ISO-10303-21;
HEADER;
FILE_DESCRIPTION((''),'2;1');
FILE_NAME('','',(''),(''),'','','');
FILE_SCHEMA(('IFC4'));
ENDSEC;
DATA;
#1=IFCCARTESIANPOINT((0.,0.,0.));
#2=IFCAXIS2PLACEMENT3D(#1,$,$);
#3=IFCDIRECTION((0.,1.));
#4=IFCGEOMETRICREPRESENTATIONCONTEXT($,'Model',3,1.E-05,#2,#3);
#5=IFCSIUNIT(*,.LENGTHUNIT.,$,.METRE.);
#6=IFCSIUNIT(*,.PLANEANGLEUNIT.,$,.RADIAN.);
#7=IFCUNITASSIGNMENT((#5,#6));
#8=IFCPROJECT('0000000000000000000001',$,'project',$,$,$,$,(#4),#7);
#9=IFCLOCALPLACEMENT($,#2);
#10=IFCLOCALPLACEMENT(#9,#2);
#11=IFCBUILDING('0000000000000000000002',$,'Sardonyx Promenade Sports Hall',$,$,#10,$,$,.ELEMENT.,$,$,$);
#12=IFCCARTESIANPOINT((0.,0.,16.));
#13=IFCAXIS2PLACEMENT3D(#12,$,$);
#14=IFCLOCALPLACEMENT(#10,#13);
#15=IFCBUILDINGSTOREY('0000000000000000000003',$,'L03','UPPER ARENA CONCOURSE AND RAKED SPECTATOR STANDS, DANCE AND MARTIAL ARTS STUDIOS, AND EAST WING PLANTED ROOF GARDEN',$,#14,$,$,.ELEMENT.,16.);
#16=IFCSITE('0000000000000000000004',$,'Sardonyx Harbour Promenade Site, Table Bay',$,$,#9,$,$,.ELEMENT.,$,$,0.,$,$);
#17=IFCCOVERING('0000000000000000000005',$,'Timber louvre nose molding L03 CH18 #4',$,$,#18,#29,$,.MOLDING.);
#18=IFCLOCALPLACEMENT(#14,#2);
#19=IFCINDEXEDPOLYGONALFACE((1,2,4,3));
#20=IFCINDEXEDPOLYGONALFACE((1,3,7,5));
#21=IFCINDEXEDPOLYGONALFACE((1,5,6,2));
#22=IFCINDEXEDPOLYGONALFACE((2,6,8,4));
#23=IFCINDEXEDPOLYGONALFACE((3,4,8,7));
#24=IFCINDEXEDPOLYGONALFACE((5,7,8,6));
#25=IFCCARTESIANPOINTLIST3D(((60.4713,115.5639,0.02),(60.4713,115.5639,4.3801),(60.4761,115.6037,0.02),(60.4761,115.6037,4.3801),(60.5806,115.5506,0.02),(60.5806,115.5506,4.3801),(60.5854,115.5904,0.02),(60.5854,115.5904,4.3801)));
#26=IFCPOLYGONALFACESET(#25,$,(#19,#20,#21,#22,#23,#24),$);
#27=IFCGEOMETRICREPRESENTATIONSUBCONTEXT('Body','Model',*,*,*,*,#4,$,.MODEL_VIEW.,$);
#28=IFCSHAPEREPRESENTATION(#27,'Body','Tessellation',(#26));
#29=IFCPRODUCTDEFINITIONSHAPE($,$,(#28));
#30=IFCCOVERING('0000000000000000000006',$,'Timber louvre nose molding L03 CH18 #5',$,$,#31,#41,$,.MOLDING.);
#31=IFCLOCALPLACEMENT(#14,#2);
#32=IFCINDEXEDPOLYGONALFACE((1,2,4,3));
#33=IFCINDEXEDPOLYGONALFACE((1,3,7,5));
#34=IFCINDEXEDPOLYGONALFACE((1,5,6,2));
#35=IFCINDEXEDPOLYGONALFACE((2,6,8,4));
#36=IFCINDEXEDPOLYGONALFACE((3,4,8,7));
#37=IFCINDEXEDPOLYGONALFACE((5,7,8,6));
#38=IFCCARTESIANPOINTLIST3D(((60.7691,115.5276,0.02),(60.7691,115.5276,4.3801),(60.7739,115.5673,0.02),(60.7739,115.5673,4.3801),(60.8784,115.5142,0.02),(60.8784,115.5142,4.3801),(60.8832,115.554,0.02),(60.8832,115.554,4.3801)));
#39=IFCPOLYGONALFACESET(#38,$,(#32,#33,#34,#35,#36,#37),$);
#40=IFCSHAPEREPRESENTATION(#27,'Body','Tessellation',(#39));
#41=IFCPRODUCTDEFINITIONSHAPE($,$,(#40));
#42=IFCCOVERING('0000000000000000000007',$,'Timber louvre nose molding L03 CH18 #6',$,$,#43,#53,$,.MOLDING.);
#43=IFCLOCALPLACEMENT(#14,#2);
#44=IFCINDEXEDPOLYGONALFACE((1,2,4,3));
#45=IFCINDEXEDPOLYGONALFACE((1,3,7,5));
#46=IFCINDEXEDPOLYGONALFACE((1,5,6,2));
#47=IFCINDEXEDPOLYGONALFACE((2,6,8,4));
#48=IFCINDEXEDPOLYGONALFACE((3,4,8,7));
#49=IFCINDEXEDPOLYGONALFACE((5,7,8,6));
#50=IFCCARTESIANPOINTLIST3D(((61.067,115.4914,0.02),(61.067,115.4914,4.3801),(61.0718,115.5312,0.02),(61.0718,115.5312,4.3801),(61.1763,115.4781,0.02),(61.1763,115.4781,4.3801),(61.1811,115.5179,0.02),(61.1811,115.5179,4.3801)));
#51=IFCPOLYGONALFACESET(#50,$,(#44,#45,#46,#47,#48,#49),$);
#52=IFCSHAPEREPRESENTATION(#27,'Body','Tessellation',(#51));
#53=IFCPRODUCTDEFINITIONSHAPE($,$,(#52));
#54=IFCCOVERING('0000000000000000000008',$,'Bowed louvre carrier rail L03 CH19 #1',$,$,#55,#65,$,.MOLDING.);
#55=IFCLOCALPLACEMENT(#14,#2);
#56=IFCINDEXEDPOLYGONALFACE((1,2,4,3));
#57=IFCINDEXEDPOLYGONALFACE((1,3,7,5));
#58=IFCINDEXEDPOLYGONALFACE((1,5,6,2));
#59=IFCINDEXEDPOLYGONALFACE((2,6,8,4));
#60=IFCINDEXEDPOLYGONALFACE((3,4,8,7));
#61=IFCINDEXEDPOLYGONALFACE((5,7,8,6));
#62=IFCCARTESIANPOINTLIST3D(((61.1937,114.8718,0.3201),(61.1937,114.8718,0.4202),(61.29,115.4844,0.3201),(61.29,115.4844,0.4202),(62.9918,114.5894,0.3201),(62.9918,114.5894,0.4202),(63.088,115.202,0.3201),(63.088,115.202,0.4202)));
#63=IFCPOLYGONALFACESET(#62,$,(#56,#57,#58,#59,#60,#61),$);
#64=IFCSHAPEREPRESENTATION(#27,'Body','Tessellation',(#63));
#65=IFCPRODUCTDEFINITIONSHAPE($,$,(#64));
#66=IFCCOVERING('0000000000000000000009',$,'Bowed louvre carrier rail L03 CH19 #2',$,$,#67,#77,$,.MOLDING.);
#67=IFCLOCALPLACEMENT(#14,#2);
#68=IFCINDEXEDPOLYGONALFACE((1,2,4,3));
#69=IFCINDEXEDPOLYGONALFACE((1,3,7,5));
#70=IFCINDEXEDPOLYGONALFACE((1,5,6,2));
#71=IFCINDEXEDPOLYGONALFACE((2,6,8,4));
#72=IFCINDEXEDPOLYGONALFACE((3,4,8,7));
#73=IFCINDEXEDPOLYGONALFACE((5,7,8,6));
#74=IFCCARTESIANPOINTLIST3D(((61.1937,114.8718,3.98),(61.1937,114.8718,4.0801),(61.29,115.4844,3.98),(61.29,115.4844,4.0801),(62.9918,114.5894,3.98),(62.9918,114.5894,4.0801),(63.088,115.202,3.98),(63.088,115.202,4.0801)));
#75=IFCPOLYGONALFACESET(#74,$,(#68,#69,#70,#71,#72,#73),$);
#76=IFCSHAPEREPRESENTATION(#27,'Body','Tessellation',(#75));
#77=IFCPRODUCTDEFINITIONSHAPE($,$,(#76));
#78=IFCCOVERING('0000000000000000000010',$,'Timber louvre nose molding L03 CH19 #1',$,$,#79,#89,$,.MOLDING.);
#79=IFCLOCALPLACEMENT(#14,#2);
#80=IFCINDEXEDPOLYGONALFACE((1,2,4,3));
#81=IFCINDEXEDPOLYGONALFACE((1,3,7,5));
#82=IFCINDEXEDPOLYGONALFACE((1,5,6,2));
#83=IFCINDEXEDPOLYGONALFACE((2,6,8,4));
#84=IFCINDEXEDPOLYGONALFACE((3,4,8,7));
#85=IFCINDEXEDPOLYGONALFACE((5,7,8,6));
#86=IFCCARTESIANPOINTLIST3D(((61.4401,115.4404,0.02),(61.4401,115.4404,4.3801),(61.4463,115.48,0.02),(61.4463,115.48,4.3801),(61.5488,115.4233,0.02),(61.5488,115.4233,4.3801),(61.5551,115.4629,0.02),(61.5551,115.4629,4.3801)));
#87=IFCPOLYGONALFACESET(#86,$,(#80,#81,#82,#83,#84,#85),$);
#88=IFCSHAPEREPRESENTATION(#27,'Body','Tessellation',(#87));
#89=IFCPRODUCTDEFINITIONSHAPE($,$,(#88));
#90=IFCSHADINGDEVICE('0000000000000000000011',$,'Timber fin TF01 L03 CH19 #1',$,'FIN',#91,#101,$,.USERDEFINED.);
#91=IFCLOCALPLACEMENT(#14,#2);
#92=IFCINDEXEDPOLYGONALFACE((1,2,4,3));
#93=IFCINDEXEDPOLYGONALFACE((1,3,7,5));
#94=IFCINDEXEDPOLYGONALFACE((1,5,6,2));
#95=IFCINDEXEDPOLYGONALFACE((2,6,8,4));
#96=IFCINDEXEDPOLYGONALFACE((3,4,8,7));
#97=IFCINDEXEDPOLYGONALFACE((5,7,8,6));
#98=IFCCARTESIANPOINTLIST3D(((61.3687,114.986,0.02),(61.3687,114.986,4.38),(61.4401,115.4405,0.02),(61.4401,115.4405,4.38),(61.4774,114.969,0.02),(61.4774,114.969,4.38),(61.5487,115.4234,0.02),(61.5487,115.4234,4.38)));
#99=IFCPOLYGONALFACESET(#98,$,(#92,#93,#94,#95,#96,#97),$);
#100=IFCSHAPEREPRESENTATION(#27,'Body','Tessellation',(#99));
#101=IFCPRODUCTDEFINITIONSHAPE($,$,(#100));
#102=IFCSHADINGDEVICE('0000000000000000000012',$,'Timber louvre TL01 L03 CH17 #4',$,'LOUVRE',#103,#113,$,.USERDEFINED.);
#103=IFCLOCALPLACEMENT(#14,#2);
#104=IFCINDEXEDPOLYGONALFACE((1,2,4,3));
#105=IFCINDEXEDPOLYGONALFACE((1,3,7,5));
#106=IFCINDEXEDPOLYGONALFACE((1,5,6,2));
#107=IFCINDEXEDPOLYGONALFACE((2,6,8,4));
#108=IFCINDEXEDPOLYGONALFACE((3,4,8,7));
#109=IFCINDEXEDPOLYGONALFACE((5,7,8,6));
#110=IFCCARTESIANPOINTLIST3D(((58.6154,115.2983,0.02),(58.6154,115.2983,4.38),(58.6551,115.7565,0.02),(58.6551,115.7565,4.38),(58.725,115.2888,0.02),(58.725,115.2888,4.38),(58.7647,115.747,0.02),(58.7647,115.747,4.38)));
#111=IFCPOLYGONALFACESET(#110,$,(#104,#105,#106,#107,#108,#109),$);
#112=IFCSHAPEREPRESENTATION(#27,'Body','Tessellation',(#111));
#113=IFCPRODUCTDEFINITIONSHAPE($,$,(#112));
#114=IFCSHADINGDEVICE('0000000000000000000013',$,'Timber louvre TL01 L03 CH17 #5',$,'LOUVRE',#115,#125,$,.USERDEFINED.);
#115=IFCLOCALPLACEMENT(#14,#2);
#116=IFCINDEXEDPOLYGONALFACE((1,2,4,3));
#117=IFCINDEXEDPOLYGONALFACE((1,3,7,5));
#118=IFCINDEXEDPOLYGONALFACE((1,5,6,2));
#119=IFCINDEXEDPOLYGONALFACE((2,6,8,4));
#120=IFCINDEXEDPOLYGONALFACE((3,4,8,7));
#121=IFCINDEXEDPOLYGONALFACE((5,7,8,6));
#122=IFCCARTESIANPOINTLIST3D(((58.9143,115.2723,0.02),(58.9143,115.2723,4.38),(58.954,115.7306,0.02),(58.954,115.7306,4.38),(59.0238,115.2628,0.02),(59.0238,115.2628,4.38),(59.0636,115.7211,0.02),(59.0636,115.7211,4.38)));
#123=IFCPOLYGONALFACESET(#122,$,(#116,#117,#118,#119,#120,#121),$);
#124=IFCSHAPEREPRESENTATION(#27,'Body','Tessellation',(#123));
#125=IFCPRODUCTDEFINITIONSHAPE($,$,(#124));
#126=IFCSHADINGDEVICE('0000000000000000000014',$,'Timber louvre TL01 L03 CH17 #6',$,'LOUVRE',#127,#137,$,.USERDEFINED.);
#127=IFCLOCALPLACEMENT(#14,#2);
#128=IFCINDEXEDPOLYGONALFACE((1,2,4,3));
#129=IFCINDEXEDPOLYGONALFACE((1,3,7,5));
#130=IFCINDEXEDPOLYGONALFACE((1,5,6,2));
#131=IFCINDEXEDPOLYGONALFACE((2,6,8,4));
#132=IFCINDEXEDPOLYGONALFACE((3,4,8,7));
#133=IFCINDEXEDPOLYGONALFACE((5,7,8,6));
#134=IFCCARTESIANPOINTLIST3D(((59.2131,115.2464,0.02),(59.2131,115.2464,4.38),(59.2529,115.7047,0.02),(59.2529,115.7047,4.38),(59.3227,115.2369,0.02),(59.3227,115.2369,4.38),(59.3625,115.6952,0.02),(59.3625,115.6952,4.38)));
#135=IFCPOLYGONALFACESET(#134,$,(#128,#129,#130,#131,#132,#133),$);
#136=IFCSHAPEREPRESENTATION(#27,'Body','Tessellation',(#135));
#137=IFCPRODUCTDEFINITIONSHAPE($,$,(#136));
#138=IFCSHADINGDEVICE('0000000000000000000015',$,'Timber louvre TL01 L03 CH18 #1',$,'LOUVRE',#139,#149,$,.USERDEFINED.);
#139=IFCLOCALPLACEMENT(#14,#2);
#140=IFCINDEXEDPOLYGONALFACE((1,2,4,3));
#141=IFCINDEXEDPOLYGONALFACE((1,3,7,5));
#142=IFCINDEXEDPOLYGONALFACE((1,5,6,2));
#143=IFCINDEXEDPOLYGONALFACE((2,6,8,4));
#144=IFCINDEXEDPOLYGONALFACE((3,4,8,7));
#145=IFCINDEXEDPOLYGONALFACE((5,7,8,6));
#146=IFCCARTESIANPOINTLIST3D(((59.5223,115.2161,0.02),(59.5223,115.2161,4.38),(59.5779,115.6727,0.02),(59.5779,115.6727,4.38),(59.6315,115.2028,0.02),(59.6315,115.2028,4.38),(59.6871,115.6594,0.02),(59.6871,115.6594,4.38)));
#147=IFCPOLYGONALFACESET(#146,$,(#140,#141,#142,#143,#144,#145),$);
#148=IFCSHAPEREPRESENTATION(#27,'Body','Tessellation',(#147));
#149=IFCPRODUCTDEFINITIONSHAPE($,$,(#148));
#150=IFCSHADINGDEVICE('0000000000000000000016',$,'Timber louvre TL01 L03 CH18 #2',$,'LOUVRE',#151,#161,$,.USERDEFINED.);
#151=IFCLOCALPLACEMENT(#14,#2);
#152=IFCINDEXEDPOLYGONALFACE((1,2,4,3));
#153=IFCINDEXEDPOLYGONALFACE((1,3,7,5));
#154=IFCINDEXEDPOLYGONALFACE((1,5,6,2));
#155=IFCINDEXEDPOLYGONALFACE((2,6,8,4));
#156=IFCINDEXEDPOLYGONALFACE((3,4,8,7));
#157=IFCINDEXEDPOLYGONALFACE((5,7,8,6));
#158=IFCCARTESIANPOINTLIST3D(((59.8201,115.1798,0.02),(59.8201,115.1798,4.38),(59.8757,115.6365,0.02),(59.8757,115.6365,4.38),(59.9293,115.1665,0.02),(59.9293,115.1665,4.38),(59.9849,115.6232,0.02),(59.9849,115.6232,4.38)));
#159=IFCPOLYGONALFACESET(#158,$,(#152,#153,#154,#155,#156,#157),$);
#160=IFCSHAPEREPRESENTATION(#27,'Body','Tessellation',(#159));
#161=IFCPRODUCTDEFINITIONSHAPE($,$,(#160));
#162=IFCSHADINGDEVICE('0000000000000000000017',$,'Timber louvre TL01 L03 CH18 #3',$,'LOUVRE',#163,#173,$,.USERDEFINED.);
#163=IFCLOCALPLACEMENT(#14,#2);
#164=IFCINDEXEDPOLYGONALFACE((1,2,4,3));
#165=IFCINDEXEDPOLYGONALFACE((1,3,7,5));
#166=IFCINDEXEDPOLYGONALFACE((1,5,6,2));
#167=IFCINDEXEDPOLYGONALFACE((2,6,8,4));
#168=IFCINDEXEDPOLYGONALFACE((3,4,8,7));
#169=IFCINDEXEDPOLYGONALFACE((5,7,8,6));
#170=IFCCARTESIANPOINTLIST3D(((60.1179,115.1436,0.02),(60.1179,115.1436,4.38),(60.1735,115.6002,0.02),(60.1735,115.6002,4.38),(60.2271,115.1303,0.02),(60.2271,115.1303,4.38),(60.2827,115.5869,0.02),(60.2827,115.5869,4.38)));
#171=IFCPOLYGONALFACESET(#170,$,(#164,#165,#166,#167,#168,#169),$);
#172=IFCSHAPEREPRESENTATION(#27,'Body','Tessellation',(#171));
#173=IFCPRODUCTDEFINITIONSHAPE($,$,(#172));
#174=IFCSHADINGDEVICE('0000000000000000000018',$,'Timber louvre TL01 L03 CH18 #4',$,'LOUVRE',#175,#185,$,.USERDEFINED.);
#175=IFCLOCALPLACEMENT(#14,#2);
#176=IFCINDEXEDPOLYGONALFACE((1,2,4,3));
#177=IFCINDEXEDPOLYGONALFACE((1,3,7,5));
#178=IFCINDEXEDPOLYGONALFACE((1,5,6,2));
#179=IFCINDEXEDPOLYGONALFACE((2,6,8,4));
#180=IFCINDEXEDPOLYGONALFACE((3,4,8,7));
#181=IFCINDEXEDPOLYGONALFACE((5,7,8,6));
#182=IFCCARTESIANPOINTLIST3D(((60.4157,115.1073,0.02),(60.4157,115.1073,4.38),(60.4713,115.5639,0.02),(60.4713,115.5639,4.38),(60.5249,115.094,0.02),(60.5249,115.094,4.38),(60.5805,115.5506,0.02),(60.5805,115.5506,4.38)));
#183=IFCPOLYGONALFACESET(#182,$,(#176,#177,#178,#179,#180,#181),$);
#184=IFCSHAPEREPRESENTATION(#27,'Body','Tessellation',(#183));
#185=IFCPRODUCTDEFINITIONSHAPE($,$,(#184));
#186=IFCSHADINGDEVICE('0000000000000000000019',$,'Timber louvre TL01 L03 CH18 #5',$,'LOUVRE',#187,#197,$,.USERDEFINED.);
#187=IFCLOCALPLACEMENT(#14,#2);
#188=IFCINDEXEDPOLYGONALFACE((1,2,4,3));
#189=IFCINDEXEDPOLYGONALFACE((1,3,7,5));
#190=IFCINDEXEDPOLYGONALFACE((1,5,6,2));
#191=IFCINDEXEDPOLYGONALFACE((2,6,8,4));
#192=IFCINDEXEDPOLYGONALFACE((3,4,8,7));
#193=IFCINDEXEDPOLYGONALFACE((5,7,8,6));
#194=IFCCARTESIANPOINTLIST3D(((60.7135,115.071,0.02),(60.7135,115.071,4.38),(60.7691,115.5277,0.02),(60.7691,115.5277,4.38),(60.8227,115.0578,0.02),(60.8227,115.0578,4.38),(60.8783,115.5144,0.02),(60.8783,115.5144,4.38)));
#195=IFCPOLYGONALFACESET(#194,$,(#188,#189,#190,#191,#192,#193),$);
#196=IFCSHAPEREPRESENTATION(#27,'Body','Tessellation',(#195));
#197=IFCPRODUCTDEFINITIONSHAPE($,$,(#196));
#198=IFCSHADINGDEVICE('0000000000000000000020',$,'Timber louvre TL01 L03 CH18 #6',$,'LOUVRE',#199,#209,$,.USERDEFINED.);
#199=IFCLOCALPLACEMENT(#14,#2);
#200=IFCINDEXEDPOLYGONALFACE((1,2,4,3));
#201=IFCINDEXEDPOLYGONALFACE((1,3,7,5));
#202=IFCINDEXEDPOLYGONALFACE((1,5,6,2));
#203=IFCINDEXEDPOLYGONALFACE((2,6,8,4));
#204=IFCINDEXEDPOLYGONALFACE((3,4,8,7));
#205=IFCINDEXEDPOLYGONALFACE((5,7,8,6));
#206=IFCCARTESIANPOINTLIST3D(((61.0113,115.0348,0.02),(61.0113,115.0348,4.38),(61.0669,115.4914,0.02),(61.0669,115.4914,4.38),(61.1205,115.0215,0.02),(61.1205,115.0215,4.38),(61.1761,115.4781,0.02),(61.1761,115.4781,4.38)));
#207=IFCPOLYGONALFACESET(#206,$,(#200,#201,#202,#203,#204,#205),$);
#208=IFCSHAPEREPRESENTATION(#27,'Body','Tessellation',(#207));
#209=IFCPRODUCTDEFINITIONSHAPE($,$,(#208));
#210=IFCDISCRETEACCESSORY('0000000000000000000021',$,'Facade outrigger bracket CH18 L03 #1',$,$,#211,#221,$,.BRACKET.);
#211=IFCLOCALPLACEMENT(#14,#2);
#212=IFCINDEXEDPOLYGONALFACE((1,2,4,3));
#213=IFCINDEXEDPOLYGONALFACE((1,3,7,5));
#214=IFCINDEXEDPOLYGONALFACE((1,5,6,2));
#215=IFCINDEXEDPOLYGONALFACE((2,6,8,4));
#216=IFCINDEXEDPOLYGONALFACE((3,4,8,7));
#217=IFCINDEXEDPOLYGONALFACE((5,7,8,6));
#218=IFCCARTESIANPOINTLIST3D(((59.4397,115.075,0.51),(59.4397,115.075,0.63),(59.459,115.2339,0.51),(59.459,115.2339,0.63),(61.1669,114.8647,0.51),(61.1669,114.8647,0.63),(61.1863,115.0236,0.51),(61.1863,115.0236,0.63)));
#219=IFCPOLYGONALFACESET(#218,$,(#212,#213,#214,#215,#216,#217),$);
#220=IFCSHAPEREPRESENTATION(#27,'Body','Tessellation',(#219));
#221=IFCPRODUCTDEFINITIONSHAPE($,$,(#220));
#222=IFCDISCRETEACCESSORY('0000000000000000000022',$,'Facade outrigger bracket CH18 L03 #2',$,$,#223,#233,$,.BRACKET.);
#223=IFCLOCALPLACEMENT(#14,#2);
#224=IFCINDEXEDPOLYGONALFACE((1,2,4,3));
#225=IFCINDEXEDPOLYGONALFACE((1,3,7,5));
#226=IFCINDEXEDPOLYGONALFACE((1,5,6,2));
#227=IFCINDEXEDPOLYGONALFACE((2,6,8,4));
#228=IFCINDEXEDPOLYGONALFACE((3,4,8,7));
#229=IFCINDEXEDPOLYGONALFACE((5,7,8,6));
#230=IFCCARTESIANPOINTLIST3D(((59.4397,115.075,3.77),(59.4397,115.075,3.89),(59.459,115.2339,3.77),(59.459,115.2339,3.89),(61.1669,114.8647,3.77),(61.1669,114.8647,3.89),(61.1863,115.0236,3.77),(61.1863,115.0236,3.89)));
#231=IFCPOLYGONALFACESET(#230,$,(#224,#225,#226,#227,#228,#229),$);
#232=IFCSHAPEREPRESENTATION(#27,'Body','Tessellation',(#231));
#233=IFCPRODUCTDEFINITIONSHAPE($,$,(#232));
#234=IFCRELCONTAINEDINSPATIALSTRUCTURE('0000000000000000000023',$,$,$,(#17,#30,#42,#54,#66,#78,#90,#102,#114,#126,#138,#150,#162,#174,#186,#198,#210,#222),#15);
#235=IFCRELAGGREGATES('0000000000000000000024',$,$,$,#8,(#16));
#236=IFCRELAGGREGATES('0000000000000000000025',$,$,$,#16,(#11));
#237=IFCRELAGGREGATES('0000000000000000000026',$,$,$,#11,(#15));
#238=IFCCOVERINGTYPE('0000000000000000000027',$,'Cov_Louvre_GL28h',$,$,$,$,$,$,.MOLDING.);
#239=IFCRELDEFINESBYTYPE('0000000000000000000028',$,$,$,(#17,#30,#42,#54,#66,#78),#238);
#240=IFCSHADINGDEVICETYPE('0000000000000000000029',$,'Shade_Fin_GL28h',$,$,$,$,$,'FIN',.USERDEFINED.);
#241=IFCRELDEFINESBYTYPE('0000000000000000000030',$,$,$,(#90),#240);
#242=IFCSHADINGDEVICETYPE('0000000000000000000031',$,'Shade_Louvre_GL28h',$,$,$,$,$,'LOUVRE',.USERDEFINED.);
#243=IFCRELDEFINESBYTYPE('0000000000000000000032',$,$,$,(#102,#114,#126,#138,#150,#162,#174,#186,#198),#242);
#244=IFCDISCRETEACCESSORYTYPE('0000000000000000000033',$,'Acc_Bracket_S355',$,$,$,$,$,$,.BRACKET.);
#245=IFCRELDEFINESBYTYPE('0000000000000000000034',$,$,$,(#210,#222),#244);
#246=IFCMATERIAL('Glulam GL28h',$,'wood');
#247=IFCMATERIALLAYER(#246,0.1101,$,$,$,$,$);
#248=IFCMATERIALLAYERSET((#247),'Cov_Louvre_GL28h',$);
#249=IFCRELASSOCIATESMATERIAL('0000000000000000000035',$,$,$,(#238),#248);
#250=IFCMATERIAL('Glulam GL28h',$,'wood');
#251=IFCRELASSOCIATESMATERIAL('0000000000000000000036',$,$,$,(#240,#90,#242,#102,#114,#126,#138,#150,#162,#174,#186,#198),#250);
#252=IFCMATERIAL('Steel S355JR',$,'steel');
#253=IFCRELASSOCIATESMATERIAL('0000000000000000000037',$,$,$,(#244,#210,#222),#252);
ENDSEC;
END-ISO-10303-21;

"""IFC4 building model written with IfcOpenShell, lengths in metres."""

from ifc_helpers import new_model, si_unit, direction, frame, origin, origin_2d, place, context, subcontext, project, spatial, rectangle, extrude, material, layer, layer_set, type_object, element, save


model = new_model("IFC4")

# Units and contexts
model_context = context("Model", 3, precision=1e-05, world=origin(), true_north=direction((0.0, 1.0)))
body_context = subcontext(model_context, "Body", "Model", "MODEL_VIEW")
ifc_project = project(units=[si_unit("LENGTHUNIT", "METRE"), si_unit("PLANEANGLEUNIT", "RADIAN")], contexts=[model_context])

# Site, building, storey
site_placement = place(None, origin())
site = spatial("IfcSite", under=ifc_project, at=site_placement, Name="Sardonyx Harbour Promenade Site, Table Bay", CompositionType="ELEMENT", RefElevation=0.0)
building_placement = place(site_placement, origin())
building = spatial("IfcBuilding", under=site, at=building_placement, Name="Sardonyx Promenade Sports Hall", CompositionType="ELEMENT")
storey_placement = place(building_placement, frame((0.0, 0.0, 16.0)))
storey = spatial("IfcBuildingStorey", under=building, at=storey_placement, Name="L03", Description="UPPER ARENA CONCOURSE AND RAKED SPECTATOR STANDS, DANCE AND MARTIAL ARTS STUDIOS, AND EAST WING PLANTED ROOF GARDEN", CompositionType="ELEMENT", Elevation=16.0)

# Coverings
ifc_material_1 = material(Name="Glulam GL28h", Category="wood")
ifc_layer_1 = layer(ifc_material_1, 0.1101)
ifc_layer_set_1 = layer_set([ifc_layer_1], Name="Cov_Louvre_GL28h")
covering_type = type_object("IfcCoveringType", Name="Cov_Louvre_GL28h", PredefinedType="MOLDING", material=ifc_layer_set_1)
for number, where, z_axis, x_axis, name in (
    (1, (60.5283, 115.5771, 0.02), (0.0, 0.0, 1.0), (0.992669, -0.120863, 0.0), "Timber louvre nose molding L03 CH18 #4"),
    (2, (60.8262, 115.5408, 0.02), (0.0, 0.0, 1.0), (0.992669, -0.120863, 0.0), "Timber louvre nose molding L03 CH18 #5"),
    (3, (61.124, 115.5046, 0.02), (0.0, 0.0, 1.0), (0.992669, -0.120863, 0.0), "Timber louvre nose molding L03 CH18 #6"),
):
    element("IfcCovering", number, at=place(storey_placement, frame(where, z_axis=z_axis, x_axis=x_axis)), inside=storey, type_object=covering_type, Name=name, PredefinedType="MOLDING", context=body_context, shape_type="SweptSolid", body=[
        extrude(rectangle(XDim=0.1101, YDim=0.04, at=origin_2d()), origin(), (0.0, 0.0, 1.0), 4.3601),
    ])
for number, where, z_axis, x_axis, name in (
    (4, (62.1409, 115.0369, 0.3201), (0.0, 0.0, 1.0), (0.987891, -0.155148, 0.0), "Bowed louvre carrier rail L03 CH19 #1"),
    (5, (62.1409, 115.0369, 3.98), (0.0, 0.0, 1.0), (0.987891, -0.155148, 0.0), "Bowed louvre carrier rail L03 CH19 #2"),
):
    element("IfcCovering", number, at=place(storey_placement, frame(where, z_axis=z_axis, x_axis=x_axis)), inside=storey, type_object=covering_type, Name=name, PredefinedType="MOLDING", context=body_context, shape_type="SweptSolid", body=[
        extrude(rectangle(XDim=1.8201, YDim=0.6201, at=origin_2d()), origin(), (0.0, 0.0, 1.0), 0.1001),
    ])
covering_1_placement = place(storey_placement, frame((61.4976, 115.4517, 0.02), z_axis=(0.0, 0.0, 1.0), x_axis=(0.987891, -0.155148, 0.0)))
element("IfcCovering", 6, at=covering_1_placement, inside=storey, type_object=covering_type, Name="Timber louvre nose molding L03 CH19 #1", PredefinedType="MOLDING", context=body_context, shape_type="SweptSolid", body=[
    extrude(rectangle(XDim=0.1101, YDim=0.04, at=origin_2d()), origin(), (0.0, 0.0, 1.0), 4.3601),
])

# Shading devices
ifc_material_2 = material(Name="Glulam GL28h", Category="wood")
shading_device_type_1 = type_object("IfcShadingDeviceType", Name="Shade_Fin_GL28h", ElementType="FIN", PredefinedType="USERDEFINED", material=ifc_material_2)
shading_device_placement = place(storey_placement, frame((61.4587, 115.2047, 0.02), z_axis=(0.0, 0.0, 1.0), x_axis=(0.987891, -0.155148, 0.0)))
element("IfcShadingDevice", 7, at=shading_device_placement, inside=storey, type_object=shading_device_type_1, material=ifc_material_2, Name="Timber fin TF01 L03 CH19 #1", ObjectType="FIN", PredefinedType="USERDEFINED", context=body_context, shape_type="SweptSolid", body=[
    extrude(rectangle(XDim=0.11, YDim=0.46), origin(), (0.0, 0.0, 1.0), 4.36),
])
shading_device_type_2 = type_object("IfcShadingDeviceType", Name="Shade_Louvre_GL28h", ElementType="LOUVRE", PredefinedType="USERDEFINED", material=ifc_material_2)
for number, where, z_axis, x_axis, name in (
    (8, (58.69, 115.5226, 0.02), (0.0, 0.0, 1.0), (0.996258, -0.086434, 0.0), "Timber louvre TL01 L03 CH17 #4"),
    (9, (58.9889, 115.4967, 0.02), (0.0, 0.0, 1.0), (0.996258, -0.086434, 0.0), "Timber louvre TL01 L03 CH17 #5"),
    (10, (59.2878, 115.4708, 0.02), (0.0, 0.0, 1.0), (0.996258, -0.086434, 0.0), "Timber louvre TL01 L03 CH17 #6"),
    (11, (59.6047, 115.4378, 0.02), (0.0, 0.0, 1.0), (0.992669, -0.120863, 0.0), "Timber louvre TL01 L03 CH18 #1"),
    (12, (59.9025, 115.4015, 0.02), (0.0, 0.0, 1.0), (0.992669, -0.120863, 0.0), "Timber louvre TL01 L03 CH18 #2"),
    (13, (60.2003, 115.3652, 0.02), (0.0, 0.0, 1.0), (0.992669, -0.120863, 0.0), "Timber louvre TL01 L03 CH18 #3"),
    (14, (60.4981, 115.329, 0.02), (0.0, 0.0, 1.0), (0.992669, -0.120863, 0.0), "Timber louvre TL01 L03 CH18 #4"),
    (15, (60.7959, 115.2927, 0.02), (0.0, 0.0, 1.0), (0.992669, -0.120863, 0.0), "Timber louvre TL01 L03 CH18 #5"),
    (16, (61.0937, 115.2565, 0.02), (0.0, 0.0, 1.0), (0.992669, -0.120863, 0.0), "Timber louvre TL01 L03 CH18 #6"),
):
    element("IfcShadingDevice", number, at=place(storey_placement, frame(where, z_axis=z_axis, x_axis=x_axis)), inside=storey, type_object=shading_device_type_2, material=ifc_material_2, Name=name, ObjectType="LOUVRE", PredefinedType="USERDEFINED", context=body_context, shape_type="SweptSolid", body=[
        extrude(rectangle(XDim=0.11, YDim=0.46), origin(), (0.0, 0.0, 1.0), 4.36),
    ])

# Discrete accessories
ifc_material_3 = material(Name="Steel S355JR", Category="steel")
discrete_accessory_type = type_object("IfcDiscreteAccessoryType", Name="Acc_Bracket_S355", PredefinedType="BRACKET", material=ifc_material_3)
for number, where, z_axis, x_axis, name in (
    (17, (60.313, 115.0493, 0.51), (0.0, 0.0, 1.0), (0.992669, -0.120863, 0.0), "Facade outrigger bracket CH18 L03 #1"),
    (18, (60.313, 115.0493, 3.77), (0.0, 0.0, 1.0), (0.992669, -0.120863, 0.0), "Facade outrigger bracket CH18 L03 #2"),
):
    element("IfcDiscreteAccessory", number, at=place(storey_placement, frame(where, z_axis=z_axis, x_axis=x_axis)), inside=storey, type_object=discrete_accessory_type, material=ifc_material_3, Name=name, PredefinedType="BRACKET", context=body_context, shape_type="SweptSolid", body=[
        extrude(rectangle(XDim=1.74, YDim=0.16), origin(), (0.0, 0.0, 1.0), 0.12),
    ])

save(model, "model.ifc")
